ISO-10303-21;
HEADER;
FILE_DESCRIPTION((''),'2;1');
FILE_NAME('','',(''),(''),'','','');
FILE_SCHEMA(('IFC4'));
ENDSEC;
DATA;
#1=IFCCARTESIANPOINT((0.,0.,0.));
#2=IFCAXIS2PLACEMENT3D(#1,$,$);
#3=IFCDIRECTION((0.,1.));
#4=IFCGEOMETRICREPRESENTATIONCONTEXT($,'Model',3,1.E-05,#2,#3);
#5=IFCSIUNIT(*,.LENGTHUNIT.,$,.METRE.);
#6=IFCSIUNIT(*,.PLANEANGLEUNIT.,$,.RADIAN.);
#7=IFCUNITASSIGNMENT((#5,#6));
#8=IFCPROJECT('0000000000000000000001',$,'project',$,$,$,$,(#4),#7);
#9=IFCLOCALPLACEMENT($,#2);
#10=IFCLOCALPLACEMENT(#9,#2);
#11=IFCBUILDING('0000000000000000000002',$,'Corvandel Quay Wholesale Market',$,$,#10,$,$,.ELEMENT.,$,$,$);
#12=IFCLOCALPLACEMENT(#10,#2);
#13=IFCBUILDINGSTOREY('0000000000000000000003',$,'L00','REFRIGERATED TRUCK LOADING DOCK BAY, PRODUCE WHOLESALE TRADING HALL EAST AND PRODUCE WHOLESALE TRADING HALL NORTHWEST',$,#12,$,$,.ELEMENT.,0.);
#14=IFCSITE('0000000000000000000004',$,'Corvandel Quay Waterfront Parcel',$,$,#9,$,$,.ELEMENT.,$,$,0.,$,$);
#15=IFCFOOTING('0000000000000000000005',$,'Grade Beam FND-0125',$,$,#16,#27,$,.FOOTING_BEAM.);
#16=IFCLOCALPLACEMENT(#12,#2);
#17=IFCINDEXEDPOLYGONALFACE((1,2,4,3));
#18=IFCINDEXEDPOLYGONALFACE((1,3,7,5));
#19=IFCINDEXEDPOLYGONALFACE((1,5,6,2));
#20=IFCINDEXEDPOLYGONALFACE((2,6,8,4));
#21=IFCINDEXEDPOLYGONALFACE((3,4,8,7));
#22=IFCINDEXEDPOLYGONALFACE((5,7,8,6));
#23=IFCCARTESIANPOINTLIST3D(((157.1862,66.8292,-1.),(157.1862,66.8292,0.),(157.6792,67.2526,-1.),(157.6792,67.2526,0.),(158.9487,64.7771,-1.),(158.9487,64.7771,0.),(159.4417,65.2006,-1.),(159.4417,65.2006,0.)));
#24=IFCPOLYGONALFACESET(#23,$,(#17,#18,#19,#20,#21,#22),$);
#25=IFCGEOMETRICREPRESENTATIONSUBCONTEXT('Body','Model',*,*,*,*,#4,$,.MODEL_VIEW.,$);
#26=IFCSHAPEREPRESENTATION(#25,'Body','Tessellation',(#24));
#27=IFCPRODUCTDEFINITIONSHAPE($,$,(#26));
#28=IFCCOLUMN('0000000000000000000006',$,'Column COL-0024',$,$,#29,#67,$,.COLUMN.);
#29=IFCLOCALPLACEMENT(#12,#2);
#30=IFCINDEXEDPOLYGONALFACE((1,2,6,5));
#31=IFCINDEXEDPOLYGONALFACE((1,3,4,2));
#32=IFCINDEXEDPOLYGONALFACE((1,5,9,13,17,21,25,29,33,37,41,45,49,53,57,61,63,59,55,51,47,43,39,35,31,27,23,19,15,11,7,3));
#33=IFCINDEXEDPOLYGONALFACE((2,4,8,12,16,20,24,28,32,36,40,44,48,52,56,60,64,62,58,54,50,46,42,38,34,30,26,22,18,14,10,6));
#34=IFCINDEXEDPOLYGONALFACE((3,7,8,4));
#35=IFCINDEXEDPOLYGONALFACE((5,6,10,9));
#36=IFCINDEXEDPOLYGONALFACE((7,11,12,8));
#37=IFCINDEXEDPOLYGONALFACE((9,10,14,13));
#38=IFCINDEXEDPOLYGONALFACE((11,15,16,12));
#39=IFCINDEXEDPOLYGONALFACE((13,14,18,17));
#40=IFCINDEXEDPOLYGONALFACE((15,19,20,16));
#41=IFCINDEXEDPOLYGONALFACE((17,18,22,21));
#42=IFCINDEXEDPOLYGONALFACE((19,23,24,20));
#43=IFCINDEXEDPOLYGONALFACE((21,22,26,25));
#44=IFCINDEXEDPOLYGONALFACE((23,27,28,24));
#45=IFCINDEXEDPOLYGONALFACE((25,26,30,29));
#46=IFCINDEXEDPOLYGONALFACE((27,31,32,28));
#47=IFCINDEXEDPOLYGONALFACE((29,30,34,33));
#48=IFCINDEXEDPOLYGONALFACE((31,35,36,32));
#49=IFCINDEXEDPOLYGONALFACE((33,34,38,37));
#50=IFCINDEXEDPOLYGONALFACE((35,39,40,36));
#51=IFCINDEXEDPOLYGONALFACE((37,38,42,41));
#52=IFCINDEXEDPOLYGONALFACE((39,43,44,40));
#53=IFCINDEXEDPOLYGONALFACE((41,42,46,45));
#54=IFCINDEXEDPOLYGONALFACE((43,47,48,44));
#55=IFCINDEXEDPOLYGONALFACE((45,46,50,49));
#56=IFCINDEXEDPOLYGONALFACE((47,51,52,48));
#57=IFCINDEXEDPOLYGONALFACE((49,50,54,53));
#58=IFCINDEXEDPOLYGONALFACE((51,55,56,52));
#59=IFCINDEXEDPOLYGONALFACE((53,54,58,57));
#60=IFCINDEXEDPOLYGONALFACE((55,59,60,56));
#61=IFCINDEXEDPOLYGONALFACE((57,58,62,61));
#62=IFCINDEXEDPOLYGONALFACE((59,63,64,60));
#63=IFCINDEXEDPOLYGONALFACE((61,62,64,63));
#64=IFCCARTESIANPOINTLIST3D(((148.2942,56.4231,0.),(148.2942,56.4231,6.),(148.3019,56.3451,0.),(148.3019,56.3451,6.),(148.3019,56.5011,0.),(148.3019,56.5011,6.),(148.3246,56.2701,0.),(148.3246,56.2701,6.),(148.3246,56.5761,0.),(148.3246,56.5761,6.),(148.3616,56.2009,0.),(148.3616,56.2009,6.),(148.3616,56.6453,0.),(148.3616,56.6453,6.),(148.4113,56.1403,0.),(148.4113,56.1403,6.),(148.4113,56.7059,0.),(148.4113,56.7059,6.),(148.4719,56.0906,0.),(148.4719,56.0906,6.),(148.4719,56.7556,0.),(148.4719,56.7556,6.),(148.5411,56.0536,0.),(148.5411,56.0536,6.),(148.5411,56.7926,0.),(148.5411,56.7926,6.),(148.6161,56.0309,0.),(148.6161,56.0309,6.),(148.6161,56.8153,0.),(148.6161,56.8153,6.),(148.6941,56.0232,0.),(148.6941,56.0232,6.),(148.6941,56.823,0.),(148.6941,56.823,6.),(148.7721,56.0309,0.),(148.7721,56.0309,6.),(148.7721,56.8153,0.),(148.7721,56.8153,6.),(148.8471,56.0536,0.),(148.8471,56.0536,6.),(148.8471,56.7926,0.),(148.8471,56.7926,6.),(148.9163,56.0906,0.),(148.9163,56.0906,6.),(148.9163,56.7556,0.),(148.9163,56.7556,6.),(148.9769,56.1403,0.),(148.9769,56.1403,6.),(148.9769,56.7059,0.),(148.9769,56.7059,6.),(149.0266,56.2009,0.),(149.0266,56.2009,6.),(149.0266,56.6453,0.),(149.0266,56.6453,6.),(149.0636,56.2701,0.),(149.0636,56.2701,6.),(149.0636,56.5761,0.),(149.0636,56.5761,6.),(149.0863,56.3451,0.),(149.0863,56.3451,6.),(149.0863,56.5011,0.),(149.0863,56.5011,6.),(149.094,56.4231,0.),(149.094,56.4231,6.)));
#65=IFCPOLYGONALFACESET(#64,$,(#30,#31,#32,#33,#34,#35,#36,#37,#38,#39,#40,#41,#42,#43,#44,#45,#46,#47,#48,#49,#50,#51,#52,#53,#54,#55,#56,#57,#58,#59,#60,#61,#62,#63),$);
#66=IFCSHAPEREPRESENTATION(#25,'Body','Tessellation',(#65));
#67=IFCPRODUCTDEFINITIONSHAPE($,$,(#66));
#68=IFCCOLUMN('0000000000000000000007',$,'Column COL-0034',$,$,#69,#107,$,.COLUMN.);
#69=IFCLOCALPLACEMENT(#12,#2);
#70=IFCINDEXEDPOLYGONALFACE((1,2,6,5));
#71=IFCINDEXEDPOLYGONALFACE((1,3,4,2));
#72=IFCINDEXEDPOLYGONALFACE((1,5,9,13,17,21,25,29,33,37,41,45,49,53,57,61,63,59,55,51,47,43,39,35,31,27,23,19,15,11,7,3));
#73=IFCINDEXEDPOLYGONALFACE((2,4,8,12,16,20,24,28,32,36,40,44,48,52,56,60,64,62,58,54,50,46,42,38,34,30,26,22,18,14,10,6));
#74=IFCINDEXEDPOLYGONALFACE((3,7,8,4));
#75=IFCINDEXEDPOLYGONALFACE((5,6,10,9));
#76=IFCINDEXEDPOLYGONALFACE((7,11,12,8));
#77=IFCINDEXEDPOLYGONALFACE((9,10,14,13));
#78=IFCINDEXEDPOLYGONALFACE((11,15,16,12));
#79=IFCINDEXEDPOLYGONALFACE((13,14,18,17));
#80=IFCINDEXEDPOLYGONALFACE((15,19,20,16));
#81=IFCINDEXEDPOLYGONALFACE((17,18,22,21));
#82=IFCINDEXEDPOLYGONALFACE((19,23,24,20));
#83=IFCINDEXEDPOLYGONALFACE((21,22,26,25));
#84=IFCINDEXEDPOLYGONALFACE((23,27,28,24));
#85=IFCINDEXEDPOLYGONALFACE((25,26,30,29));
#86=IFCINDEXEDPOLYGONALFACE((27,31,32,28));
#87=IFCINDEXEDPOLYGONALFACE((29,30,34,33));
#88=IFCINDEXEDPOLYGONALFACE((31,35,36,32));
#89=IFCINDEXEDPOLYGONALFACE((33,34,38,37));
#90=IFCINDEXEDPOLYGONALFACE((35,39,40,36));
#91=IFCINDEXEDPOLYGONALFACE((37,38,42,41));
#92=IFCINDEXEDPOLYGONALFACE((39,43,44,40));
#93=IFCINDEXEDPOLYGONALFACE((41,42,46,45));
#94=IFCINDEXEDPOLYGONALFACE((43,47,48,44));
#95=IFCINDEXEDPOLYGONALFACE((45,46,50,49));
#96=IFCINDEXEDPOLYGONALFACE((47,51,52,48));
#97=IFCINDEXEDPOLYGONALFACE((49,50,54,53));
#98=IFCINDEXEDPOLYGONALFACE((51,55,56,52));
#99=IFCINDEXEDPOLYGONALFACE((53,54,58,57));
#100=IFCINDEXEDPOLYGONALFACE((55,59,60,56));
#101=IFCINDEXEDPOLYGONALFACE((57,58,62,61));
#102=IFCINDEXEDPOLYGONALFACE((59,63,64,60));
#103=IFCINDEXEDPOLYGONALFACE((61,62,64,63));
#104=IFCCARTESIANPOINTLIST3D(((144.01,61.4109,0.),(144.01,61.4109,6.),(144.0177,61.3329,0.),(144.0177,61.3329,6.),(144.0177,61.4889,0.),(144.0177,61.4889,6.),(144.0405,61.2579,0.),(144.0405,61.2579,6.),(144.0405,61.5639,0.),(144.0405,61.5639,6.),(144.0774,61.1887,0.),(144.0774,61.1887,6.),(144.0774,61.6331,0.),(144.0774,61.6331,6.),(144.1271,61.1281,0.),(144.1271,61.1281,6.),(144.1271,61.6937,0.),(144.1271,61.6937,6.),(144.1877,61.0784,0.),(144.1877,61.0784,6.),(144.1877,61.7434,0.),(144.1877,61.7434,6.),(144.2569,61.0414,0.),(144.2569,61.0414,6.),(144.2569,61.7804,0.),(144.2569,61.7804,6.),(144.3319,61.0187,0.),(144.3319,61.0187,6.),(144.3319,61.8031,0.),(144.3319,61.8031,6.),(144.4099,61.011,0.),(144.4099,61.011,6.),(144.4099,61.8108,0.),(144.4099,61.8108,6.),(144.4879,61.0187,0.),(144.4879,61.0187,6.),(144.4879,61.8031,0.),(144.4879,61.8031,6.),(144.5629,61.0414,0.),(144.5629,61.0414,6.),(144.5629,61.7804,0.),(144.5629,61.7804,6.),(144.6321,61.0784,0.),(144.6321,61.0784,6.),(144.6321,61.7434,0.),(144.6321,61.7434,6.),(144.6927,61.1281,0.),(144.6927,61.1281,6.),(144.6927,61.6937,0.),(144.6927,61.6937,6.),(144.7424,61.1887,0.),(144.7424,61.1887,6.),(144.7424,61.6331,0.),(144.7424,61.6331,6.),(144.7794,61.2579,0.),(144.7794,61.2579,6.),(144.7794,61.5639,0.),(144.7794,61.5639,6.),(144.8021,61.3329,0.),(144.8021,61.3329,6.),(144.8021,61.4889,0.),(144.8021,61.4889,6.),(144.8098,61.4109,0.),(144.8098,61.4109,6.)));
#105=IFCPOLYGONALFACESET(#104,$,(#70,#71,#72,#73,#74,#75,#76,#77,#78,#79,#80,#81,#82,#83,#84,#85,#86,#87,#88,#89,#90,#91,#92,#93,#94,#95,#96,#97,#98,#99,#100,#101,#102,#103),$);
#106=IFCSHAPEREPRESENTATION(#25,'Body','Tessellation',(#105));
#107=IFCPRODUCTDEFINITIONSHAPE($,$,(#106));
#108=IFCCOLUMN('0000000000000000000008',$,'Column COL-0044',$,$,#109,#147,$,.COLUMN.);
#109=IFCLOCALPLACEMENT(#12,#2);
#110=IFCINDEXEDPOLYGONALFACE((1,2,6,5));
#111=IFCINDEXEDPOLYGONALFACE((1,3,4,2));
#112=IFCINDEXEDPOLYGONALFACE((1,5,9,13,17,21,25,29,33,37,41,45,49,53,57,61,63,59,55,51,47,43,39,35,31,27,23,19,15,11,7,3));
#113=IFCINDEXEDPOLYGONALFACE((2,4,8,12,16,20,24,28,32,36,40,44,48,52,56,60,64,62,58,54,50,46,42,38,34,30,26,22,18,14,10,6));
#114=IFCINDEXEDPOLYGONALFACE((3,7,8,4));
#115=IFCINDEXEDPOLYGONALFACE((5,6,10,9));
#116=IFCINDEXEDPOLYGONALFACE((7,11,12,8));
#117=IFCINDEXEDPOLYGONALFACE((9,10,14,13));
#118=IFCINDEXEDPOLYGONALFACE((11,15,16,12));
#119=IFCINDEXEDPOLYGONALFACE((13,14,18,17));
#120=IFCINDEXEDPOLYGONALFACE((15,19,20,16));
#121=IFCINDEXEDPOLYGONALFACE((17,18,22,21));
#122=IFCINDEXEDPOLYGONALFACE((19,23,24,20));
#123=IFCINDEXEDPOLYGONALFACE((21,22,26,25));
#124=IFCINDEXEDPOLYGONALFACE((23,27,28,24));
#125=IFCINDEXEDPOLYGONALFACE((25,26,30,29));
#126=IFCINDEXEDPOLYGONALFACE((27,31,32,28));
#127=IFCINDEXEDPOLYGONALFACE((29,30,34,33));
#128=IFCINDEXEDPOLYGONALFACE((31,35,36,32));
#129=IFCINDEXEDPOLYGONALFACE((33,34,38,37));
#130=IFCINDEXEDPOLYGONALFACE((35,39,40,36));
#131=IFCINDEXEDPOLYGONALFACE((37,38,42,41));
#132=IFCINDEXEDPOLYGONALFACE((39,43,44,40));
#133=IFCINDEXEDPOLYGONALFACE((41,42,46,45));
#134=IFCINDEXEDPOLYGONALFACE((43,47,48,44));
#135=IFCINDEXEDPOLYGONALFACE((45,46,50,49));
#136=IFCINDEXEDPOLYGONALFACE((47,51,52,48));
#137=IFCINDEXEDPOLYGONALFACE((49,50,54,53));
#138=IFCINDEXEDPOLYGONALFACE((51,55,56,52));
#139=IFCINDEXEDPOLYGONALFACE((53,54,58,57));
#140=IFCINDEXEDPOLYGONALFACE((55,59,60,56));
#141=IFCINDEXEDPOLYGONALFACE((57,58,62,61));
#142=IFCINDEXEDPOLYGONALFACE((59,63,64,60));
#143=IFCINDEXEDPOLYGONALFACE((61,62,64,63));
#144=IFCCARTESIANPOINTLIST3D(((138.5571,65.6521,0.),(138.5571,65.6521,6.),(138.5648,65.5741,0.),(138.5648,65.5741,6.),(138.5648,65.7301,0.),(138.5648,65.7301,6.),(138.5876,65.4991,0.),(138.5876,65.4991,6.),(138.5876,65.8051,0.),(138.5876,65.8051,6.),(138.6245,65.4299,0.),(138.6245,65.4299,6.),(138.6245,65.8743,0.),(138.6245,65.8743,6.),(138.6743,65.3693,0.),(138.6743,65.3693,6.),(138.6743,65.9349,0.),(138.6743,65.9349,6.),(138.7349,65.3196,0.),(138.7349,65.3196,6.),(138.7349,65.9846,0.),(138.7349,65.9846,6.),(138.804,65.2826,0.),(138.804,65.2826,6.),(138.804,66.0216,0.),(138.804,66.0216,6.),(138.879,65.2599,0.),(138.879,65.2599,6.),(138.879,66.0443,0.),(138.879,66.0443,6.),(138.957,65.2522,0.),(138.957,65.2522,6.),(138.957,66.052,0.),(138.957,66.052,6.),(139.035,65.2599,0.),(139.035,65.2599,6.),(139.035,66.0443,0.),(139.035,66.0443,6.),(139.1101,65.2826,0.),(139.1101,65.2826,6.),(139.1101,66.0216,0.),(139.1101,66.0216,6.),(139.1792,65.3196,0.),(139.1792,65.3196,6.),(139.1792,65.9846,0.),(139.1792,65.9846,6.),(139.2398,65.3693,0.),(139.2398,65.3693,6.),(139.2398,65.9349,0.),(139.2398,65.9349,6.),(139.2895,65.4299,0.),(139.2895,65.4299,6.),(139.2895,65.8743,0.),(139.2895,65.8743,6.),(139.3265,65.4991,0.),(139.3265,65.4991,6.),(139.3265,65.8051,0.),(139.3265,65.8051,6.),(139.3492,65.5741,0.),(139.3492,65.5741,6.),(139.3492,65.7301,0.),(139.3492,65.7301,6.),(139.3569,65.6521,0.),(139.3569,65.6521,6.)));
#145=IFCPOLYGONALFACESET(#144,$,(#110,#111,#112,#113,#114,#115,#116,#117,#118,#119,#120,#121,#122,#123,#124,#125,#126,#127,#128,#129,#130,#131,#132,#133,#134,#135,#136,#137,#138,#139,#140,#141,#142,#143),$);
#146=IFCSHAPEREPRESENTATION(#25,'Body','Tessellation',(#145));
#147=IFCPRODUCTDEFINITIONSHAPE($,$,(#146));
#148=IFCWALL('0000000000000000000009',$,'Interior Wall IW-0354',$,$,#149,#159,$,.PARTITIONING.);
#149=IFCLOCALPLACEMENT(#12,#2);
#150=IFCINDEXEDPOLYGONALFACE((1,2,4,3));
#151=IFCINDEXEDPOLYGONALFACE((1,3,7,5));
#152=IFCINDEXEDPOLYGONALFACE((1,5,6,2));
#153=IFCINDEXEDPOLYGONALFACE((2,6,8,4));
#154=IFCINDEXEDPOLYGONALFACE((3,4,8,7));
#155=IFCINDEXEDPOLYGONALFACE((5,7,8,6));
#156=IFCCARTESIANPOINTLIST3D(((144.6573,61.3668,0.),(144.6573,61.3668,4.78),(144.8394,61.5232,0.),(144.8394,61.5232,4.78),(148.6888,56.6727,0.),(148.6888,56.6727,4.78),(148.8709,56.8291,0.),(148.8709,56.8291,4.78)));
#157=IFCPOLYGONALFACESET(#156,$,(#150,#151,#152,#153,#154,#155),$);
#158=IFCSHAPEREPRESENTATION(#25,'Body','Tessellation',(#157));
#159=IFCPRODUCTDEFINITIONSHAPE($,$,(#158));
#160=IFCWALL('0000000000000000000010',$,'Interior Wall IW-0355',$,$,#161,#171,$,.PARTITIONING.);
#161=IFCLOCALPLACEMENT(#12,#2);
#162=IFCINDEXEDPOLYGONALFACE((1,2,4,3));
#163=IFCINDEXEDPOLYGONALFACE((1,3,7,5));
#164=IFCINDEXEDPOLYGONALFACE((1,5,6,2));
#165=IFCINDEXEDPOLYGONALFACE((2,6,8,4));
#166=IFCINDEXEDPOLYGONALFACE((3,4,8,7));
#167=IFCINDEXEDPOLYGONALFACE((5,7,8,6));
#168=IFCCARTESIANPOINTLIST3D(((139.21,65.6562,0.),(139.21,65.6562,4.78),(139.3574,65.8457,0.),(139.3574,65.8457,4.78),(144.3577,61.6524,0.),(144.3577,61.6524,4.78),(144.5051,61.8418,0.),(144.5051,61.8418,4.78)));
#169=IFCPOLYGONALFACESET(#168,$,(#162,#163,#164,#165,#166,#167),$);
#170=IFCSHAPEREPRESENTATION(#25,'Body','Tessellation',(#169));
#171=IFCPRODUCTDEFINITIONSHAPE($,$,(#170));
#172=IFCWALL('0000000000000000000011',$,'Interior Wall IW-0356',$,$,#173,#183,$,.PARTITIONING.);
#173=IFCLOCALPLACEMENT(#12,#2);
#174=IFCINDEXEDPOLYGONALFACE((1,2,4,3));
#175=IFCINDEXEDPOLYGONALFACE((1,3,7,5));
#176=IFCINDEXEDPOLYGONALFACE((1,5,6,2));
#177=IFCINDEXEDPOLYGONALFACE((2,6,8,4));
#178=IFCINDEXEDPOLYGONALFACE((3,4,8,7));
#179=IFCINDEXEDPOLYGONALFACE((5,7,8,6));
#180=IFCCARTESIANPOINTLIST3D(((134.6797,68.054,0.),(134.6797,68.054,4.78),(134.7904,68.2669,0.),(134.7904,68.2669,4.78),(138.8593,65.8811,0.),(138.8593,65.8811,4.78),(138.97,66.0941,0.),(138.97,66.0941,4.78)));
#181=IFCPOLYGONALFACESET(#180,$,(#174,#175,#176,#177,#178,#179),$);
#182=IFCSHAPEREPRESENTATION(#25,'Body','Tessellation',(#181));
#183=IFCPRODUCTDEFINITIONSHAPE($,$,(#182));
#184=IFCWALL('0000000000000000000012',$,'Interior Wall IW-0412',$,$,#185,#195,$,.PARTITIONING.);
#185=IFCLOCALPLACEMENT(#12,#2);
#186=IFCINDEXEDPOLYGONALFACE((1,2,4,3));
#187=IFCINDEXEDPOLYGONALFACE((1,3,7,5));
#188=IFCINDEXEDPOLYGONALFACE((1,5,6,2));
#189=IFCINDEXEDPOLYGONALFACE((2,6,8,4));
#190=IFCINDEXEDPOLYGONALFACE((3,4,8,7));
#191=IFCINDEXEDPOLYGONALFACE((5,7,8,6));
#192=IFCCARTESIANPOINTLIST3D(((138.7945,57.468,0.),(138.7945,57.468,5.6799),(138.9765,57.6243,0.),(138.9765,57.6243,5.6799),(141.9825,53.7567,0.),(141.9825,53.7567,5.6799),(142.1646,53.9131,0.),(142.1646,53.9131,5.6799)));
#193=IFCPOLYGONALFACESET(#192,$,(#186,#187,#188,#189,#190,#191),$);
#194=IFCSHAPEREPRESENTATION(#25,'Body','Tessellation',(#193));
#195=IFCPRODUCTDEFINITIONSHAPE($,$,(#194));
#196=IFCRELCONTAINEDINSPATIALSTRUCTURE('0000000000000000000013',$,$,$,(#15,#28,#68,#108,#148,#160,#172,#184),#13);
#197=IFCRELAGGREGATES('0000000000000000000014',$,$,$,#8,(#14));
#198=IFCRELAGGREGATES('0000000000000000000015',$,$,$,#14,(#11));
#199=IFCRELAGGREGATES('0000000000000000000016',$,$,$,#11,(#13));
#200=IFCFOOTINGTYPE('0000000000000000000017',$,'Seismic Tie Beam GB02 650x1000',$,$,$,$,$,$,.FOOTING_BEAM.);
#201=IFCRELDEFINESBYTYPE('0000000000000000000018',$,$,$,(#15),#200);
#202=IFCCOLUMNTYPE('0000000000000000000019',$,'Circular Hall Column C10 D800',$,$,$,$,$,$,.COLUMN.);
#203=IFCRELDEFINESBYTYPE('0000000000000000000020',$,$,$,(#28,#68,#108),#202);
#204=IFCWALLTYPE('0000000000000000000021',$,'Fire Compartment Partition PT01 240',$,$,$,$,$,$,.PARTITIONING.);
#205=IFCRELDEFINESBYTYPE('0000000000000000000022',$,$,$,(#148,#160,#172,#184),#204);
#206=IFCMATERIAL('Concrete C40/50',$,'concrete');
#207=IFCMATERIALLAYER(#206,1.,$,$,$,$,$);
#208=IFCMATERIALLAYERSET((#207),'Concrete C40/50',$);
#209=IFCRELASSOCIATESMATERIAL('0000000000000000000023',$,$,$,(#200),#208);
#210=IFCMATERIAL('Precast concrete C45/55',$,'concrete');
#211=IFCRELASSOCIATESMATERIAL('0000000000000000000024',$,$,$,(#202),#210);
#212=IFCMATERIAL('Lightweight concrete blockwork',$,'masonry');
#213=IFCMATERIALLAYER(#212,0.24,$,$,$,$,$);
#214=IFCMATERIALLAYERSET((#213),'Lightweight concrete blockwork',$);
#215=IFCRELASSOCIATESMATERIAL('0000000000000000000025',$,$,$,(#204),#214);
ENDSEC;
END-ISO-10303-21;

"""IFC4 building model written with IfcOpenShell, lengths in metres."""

from ifc_helpers import new_model, si_unit, direction, frame, frame_2d, origin, origin_2d, place, context, subcontext, project, spatial, rectangle, circle, extrude, material, layer, layer_set, material_profile, profile_set, type_object, element, save


model = new_model("IFC4")

# Units and contexts
model_context = context("Model", 3, precision=1e-05, world=origin(), true_north=direction((0.0, 1.0)))
body_context = subcontext(model_context, "Body", "Model", "MODEL_VIEW")
ifc_project = project(units=[si_unit("LENGTHUNIT", "METRE"), si_unit("PLANEANGLEUNIT", "RADIAN")], contexts=[model_context])

# Site, building, storey
site_placement = place(None, origin())
site = spatial("IfcSite", under=ifc_project, at=site_placement, Name="Corvandel Quay Waterfront Parcel", CompositionType="ELEMENT", RefElevation=0.0)
building_placement = place(site_placement, origin())
building = spatial("IfcBuilding", under=site, at=building_placement, Name="Corvandel Quay Wholesale Market", CompositionType="ELEMENT")
storey_placement = place(building_placement, origin())
storey = spatial("IfcBuildingStorey", under=building, at=storey_placement, Name="L00", Description="REFRIGERATED TRUCK LOADING DOCK BAY, PRODUCE WHOLESALE TRADING HALL EAST AND PRODUCE WHOLESALE TRADING HALL NORTHWEST", CompositionType="ELEMENT", Elevation=0.0)

# Shared definitions
ifc_material_1 = material(Name="Concrete C40/50", Category="concrete")

# Footing
ifc_layer_1 = layer(ifc_material_1, 1.0)
ifc_layer_set_1 = layer_set([ifc_layer_1], Name="Concrete C40/50")
footing_type_1 = type_object("IfcFootingType", Name="Seismic Tie Beam GB02 650x1000", PredefinedType="FOOTING_BEAM", material=ifc_layer_set_1)
footing_1_placement = place(storey_placement, frame((158.314, 66.0149, -1.0), z_axis=(0.0, 0.0, 1.0), x_axis=(-0.651569, 0.758589, 0.0)))
element("IfcFooting", 1, at=footing_1_placement, inside=storey, type_object=footing_type_1, Name="Grade Beam FND-0125", PredefinedType="FOOTING_BEAM", context=body_context, shape_type="SweptSolid", body=[
    extrude(rectangle(XDim=2.7051, YDim=0.6499, at=origin_2d()), origin(), (0.0, 0.0, 1.0), 1.0),
])

# Columns
ifc_material_2 = material(Name="Precast concrete C45/55", Category="concrete")
ifc_material_profile_1 = material_profile(ifc_material_2, circle(Radius=0.3999, at=origin_2d()), Name="PC-COL-D800")
ifc_profile_set_1 = profile_set([ifc_material_profile_1], Name="Precast concrete C45/55")
column_type = type_object("IfcColumnType", Name="Circular Hall Column C10 D800", PredefinedType="COLUMN", material=ifc_profile_set_1)
for number, where, z_axis, x_axis, name in (
    (2, (148.6941, 56.4231, 0.0), (0.0, 0.0, 1.0), (1.0, 0.0, 0.0), "Column COL-0024"),
    (3, (144.4099, 61.4109, 0.0), (0.0, 0.0, 1.0), (1.0, 0.0, 0.0), "Column COL-0034"),
    (4, (138.957, 65.6521, 0.0), (0.0, 0.0, 1.0), (1.0, 0.0, 0.0), "Column COL-0044"),
):
    element("IfcColumn", number, at=place(storey_placement, frame(where, z_axis=z_axis, x_axis=x_axis)), inside=storey, type_object=column_type, Name=name, PredefinedType="COLUMN", context=body_context, shape_type="SweptSolid", body=[
        extrude(circle(Radius=0.3999, at=origin_2d()), origin(), (0.0, 0.0, 1.0), 6.0),
    ])

# Walls
ifc_material_3 = material(Name="Lightweight concrete blockwork", Category="masonry")
ifc_layer_2 = layer(ifc_material_3, 0.24)
ifc_layer_set_2 = layer_set([ifc_layer_2], Name="Lightweight concrete blockwork")
wall_type = type_object("IfcWallType", Name="Fire Compartment Partition PT01 240", PredefinedType="PARTITIONING", material=ifc_layer_set_2)
wall_1_placement = place(storey_placement, frame((148.7798, 56.751, 0.0), z_axis=(0.0, 0.0, 1.0), x_axis=(-0.651535, 0.758618, 0.0)))
element("IfcWall", 5, at=wall_1_placement, inside=storey, type_object=wall_type, Name="Interior Wall IW-0354", PredefinedType="PARTITIONING", context=body_context, shape_type="SweptSolid", body=[
    extrude(rectangle(XDim=6.1877, YDim=0.24, at=frame_2d((3.0938, 0.0))), origin(), (0.0, 0.0, 1.0), 4.78),
])
wall_2_placement = place(storey_placement, frame((144.4314, 61.7471, 0.0), z_axis=(0.0, 0.0, 1.0), x_axis=(-0.789342, 0.613954, 0.0)))
element("IfcWall", 6, at=wall_2_placement, inside=storey, type_object=wall_type, Name="Interior Wall IW-0355", PredefinedType="PARTITIONING", context=body_context, shape_type="SweptSolid", body=[
    extrude(rectangle(XDim=6.5215, YDim=0.24, at=frame_2d((3.2607, 0.0))), origin(), (0.0, 0.0, 1.0), 4.78),
])
wall_3_placement = place(storey_placement, frame((138.9148, 65.9875, 0.0), z_axis=(0.0, 0.0, 1.0), x_axis=(-0.887268, 0.461255, 0.0)))
element("IfcWall", 7, at=wall_3_placement, inside=storey, type_object=wall_type, Name="Interior Wall IW-0356", PredefinedType="PARTITIONING", context=body_context, shape_type="SweptSolid", body=[
    extrude(rectangle(XDim=4.7107, YDim=0.24, at=frame_2d((2.3555, 0.0))), origin(), (0.0, 0.0, 1.0), 4.78),
])
wall_4_placement = place(storey_placement, frame((138.8855, 57.5461, 0.0), z_axis=(0.0, 0.0, 1.0), x_axis=(0.651613, -0.758552, 0.0)))
element("IfcWall", 8, at=wall_4_placement, inside=storey, type_object=wall_type, Name="Interior Wall IW-0412", PredefinedType="PARTITIONING", context=body_context, shape_type="SweptSolid", body=[
    extrude(rectangle(XDim=4.8926, YDim=0.24, at=frame_2d((2.4463, 0.0))), origin(), (0.0, 0.0, 1.0), 5.6799),
])

save(model, "model.ifc")
